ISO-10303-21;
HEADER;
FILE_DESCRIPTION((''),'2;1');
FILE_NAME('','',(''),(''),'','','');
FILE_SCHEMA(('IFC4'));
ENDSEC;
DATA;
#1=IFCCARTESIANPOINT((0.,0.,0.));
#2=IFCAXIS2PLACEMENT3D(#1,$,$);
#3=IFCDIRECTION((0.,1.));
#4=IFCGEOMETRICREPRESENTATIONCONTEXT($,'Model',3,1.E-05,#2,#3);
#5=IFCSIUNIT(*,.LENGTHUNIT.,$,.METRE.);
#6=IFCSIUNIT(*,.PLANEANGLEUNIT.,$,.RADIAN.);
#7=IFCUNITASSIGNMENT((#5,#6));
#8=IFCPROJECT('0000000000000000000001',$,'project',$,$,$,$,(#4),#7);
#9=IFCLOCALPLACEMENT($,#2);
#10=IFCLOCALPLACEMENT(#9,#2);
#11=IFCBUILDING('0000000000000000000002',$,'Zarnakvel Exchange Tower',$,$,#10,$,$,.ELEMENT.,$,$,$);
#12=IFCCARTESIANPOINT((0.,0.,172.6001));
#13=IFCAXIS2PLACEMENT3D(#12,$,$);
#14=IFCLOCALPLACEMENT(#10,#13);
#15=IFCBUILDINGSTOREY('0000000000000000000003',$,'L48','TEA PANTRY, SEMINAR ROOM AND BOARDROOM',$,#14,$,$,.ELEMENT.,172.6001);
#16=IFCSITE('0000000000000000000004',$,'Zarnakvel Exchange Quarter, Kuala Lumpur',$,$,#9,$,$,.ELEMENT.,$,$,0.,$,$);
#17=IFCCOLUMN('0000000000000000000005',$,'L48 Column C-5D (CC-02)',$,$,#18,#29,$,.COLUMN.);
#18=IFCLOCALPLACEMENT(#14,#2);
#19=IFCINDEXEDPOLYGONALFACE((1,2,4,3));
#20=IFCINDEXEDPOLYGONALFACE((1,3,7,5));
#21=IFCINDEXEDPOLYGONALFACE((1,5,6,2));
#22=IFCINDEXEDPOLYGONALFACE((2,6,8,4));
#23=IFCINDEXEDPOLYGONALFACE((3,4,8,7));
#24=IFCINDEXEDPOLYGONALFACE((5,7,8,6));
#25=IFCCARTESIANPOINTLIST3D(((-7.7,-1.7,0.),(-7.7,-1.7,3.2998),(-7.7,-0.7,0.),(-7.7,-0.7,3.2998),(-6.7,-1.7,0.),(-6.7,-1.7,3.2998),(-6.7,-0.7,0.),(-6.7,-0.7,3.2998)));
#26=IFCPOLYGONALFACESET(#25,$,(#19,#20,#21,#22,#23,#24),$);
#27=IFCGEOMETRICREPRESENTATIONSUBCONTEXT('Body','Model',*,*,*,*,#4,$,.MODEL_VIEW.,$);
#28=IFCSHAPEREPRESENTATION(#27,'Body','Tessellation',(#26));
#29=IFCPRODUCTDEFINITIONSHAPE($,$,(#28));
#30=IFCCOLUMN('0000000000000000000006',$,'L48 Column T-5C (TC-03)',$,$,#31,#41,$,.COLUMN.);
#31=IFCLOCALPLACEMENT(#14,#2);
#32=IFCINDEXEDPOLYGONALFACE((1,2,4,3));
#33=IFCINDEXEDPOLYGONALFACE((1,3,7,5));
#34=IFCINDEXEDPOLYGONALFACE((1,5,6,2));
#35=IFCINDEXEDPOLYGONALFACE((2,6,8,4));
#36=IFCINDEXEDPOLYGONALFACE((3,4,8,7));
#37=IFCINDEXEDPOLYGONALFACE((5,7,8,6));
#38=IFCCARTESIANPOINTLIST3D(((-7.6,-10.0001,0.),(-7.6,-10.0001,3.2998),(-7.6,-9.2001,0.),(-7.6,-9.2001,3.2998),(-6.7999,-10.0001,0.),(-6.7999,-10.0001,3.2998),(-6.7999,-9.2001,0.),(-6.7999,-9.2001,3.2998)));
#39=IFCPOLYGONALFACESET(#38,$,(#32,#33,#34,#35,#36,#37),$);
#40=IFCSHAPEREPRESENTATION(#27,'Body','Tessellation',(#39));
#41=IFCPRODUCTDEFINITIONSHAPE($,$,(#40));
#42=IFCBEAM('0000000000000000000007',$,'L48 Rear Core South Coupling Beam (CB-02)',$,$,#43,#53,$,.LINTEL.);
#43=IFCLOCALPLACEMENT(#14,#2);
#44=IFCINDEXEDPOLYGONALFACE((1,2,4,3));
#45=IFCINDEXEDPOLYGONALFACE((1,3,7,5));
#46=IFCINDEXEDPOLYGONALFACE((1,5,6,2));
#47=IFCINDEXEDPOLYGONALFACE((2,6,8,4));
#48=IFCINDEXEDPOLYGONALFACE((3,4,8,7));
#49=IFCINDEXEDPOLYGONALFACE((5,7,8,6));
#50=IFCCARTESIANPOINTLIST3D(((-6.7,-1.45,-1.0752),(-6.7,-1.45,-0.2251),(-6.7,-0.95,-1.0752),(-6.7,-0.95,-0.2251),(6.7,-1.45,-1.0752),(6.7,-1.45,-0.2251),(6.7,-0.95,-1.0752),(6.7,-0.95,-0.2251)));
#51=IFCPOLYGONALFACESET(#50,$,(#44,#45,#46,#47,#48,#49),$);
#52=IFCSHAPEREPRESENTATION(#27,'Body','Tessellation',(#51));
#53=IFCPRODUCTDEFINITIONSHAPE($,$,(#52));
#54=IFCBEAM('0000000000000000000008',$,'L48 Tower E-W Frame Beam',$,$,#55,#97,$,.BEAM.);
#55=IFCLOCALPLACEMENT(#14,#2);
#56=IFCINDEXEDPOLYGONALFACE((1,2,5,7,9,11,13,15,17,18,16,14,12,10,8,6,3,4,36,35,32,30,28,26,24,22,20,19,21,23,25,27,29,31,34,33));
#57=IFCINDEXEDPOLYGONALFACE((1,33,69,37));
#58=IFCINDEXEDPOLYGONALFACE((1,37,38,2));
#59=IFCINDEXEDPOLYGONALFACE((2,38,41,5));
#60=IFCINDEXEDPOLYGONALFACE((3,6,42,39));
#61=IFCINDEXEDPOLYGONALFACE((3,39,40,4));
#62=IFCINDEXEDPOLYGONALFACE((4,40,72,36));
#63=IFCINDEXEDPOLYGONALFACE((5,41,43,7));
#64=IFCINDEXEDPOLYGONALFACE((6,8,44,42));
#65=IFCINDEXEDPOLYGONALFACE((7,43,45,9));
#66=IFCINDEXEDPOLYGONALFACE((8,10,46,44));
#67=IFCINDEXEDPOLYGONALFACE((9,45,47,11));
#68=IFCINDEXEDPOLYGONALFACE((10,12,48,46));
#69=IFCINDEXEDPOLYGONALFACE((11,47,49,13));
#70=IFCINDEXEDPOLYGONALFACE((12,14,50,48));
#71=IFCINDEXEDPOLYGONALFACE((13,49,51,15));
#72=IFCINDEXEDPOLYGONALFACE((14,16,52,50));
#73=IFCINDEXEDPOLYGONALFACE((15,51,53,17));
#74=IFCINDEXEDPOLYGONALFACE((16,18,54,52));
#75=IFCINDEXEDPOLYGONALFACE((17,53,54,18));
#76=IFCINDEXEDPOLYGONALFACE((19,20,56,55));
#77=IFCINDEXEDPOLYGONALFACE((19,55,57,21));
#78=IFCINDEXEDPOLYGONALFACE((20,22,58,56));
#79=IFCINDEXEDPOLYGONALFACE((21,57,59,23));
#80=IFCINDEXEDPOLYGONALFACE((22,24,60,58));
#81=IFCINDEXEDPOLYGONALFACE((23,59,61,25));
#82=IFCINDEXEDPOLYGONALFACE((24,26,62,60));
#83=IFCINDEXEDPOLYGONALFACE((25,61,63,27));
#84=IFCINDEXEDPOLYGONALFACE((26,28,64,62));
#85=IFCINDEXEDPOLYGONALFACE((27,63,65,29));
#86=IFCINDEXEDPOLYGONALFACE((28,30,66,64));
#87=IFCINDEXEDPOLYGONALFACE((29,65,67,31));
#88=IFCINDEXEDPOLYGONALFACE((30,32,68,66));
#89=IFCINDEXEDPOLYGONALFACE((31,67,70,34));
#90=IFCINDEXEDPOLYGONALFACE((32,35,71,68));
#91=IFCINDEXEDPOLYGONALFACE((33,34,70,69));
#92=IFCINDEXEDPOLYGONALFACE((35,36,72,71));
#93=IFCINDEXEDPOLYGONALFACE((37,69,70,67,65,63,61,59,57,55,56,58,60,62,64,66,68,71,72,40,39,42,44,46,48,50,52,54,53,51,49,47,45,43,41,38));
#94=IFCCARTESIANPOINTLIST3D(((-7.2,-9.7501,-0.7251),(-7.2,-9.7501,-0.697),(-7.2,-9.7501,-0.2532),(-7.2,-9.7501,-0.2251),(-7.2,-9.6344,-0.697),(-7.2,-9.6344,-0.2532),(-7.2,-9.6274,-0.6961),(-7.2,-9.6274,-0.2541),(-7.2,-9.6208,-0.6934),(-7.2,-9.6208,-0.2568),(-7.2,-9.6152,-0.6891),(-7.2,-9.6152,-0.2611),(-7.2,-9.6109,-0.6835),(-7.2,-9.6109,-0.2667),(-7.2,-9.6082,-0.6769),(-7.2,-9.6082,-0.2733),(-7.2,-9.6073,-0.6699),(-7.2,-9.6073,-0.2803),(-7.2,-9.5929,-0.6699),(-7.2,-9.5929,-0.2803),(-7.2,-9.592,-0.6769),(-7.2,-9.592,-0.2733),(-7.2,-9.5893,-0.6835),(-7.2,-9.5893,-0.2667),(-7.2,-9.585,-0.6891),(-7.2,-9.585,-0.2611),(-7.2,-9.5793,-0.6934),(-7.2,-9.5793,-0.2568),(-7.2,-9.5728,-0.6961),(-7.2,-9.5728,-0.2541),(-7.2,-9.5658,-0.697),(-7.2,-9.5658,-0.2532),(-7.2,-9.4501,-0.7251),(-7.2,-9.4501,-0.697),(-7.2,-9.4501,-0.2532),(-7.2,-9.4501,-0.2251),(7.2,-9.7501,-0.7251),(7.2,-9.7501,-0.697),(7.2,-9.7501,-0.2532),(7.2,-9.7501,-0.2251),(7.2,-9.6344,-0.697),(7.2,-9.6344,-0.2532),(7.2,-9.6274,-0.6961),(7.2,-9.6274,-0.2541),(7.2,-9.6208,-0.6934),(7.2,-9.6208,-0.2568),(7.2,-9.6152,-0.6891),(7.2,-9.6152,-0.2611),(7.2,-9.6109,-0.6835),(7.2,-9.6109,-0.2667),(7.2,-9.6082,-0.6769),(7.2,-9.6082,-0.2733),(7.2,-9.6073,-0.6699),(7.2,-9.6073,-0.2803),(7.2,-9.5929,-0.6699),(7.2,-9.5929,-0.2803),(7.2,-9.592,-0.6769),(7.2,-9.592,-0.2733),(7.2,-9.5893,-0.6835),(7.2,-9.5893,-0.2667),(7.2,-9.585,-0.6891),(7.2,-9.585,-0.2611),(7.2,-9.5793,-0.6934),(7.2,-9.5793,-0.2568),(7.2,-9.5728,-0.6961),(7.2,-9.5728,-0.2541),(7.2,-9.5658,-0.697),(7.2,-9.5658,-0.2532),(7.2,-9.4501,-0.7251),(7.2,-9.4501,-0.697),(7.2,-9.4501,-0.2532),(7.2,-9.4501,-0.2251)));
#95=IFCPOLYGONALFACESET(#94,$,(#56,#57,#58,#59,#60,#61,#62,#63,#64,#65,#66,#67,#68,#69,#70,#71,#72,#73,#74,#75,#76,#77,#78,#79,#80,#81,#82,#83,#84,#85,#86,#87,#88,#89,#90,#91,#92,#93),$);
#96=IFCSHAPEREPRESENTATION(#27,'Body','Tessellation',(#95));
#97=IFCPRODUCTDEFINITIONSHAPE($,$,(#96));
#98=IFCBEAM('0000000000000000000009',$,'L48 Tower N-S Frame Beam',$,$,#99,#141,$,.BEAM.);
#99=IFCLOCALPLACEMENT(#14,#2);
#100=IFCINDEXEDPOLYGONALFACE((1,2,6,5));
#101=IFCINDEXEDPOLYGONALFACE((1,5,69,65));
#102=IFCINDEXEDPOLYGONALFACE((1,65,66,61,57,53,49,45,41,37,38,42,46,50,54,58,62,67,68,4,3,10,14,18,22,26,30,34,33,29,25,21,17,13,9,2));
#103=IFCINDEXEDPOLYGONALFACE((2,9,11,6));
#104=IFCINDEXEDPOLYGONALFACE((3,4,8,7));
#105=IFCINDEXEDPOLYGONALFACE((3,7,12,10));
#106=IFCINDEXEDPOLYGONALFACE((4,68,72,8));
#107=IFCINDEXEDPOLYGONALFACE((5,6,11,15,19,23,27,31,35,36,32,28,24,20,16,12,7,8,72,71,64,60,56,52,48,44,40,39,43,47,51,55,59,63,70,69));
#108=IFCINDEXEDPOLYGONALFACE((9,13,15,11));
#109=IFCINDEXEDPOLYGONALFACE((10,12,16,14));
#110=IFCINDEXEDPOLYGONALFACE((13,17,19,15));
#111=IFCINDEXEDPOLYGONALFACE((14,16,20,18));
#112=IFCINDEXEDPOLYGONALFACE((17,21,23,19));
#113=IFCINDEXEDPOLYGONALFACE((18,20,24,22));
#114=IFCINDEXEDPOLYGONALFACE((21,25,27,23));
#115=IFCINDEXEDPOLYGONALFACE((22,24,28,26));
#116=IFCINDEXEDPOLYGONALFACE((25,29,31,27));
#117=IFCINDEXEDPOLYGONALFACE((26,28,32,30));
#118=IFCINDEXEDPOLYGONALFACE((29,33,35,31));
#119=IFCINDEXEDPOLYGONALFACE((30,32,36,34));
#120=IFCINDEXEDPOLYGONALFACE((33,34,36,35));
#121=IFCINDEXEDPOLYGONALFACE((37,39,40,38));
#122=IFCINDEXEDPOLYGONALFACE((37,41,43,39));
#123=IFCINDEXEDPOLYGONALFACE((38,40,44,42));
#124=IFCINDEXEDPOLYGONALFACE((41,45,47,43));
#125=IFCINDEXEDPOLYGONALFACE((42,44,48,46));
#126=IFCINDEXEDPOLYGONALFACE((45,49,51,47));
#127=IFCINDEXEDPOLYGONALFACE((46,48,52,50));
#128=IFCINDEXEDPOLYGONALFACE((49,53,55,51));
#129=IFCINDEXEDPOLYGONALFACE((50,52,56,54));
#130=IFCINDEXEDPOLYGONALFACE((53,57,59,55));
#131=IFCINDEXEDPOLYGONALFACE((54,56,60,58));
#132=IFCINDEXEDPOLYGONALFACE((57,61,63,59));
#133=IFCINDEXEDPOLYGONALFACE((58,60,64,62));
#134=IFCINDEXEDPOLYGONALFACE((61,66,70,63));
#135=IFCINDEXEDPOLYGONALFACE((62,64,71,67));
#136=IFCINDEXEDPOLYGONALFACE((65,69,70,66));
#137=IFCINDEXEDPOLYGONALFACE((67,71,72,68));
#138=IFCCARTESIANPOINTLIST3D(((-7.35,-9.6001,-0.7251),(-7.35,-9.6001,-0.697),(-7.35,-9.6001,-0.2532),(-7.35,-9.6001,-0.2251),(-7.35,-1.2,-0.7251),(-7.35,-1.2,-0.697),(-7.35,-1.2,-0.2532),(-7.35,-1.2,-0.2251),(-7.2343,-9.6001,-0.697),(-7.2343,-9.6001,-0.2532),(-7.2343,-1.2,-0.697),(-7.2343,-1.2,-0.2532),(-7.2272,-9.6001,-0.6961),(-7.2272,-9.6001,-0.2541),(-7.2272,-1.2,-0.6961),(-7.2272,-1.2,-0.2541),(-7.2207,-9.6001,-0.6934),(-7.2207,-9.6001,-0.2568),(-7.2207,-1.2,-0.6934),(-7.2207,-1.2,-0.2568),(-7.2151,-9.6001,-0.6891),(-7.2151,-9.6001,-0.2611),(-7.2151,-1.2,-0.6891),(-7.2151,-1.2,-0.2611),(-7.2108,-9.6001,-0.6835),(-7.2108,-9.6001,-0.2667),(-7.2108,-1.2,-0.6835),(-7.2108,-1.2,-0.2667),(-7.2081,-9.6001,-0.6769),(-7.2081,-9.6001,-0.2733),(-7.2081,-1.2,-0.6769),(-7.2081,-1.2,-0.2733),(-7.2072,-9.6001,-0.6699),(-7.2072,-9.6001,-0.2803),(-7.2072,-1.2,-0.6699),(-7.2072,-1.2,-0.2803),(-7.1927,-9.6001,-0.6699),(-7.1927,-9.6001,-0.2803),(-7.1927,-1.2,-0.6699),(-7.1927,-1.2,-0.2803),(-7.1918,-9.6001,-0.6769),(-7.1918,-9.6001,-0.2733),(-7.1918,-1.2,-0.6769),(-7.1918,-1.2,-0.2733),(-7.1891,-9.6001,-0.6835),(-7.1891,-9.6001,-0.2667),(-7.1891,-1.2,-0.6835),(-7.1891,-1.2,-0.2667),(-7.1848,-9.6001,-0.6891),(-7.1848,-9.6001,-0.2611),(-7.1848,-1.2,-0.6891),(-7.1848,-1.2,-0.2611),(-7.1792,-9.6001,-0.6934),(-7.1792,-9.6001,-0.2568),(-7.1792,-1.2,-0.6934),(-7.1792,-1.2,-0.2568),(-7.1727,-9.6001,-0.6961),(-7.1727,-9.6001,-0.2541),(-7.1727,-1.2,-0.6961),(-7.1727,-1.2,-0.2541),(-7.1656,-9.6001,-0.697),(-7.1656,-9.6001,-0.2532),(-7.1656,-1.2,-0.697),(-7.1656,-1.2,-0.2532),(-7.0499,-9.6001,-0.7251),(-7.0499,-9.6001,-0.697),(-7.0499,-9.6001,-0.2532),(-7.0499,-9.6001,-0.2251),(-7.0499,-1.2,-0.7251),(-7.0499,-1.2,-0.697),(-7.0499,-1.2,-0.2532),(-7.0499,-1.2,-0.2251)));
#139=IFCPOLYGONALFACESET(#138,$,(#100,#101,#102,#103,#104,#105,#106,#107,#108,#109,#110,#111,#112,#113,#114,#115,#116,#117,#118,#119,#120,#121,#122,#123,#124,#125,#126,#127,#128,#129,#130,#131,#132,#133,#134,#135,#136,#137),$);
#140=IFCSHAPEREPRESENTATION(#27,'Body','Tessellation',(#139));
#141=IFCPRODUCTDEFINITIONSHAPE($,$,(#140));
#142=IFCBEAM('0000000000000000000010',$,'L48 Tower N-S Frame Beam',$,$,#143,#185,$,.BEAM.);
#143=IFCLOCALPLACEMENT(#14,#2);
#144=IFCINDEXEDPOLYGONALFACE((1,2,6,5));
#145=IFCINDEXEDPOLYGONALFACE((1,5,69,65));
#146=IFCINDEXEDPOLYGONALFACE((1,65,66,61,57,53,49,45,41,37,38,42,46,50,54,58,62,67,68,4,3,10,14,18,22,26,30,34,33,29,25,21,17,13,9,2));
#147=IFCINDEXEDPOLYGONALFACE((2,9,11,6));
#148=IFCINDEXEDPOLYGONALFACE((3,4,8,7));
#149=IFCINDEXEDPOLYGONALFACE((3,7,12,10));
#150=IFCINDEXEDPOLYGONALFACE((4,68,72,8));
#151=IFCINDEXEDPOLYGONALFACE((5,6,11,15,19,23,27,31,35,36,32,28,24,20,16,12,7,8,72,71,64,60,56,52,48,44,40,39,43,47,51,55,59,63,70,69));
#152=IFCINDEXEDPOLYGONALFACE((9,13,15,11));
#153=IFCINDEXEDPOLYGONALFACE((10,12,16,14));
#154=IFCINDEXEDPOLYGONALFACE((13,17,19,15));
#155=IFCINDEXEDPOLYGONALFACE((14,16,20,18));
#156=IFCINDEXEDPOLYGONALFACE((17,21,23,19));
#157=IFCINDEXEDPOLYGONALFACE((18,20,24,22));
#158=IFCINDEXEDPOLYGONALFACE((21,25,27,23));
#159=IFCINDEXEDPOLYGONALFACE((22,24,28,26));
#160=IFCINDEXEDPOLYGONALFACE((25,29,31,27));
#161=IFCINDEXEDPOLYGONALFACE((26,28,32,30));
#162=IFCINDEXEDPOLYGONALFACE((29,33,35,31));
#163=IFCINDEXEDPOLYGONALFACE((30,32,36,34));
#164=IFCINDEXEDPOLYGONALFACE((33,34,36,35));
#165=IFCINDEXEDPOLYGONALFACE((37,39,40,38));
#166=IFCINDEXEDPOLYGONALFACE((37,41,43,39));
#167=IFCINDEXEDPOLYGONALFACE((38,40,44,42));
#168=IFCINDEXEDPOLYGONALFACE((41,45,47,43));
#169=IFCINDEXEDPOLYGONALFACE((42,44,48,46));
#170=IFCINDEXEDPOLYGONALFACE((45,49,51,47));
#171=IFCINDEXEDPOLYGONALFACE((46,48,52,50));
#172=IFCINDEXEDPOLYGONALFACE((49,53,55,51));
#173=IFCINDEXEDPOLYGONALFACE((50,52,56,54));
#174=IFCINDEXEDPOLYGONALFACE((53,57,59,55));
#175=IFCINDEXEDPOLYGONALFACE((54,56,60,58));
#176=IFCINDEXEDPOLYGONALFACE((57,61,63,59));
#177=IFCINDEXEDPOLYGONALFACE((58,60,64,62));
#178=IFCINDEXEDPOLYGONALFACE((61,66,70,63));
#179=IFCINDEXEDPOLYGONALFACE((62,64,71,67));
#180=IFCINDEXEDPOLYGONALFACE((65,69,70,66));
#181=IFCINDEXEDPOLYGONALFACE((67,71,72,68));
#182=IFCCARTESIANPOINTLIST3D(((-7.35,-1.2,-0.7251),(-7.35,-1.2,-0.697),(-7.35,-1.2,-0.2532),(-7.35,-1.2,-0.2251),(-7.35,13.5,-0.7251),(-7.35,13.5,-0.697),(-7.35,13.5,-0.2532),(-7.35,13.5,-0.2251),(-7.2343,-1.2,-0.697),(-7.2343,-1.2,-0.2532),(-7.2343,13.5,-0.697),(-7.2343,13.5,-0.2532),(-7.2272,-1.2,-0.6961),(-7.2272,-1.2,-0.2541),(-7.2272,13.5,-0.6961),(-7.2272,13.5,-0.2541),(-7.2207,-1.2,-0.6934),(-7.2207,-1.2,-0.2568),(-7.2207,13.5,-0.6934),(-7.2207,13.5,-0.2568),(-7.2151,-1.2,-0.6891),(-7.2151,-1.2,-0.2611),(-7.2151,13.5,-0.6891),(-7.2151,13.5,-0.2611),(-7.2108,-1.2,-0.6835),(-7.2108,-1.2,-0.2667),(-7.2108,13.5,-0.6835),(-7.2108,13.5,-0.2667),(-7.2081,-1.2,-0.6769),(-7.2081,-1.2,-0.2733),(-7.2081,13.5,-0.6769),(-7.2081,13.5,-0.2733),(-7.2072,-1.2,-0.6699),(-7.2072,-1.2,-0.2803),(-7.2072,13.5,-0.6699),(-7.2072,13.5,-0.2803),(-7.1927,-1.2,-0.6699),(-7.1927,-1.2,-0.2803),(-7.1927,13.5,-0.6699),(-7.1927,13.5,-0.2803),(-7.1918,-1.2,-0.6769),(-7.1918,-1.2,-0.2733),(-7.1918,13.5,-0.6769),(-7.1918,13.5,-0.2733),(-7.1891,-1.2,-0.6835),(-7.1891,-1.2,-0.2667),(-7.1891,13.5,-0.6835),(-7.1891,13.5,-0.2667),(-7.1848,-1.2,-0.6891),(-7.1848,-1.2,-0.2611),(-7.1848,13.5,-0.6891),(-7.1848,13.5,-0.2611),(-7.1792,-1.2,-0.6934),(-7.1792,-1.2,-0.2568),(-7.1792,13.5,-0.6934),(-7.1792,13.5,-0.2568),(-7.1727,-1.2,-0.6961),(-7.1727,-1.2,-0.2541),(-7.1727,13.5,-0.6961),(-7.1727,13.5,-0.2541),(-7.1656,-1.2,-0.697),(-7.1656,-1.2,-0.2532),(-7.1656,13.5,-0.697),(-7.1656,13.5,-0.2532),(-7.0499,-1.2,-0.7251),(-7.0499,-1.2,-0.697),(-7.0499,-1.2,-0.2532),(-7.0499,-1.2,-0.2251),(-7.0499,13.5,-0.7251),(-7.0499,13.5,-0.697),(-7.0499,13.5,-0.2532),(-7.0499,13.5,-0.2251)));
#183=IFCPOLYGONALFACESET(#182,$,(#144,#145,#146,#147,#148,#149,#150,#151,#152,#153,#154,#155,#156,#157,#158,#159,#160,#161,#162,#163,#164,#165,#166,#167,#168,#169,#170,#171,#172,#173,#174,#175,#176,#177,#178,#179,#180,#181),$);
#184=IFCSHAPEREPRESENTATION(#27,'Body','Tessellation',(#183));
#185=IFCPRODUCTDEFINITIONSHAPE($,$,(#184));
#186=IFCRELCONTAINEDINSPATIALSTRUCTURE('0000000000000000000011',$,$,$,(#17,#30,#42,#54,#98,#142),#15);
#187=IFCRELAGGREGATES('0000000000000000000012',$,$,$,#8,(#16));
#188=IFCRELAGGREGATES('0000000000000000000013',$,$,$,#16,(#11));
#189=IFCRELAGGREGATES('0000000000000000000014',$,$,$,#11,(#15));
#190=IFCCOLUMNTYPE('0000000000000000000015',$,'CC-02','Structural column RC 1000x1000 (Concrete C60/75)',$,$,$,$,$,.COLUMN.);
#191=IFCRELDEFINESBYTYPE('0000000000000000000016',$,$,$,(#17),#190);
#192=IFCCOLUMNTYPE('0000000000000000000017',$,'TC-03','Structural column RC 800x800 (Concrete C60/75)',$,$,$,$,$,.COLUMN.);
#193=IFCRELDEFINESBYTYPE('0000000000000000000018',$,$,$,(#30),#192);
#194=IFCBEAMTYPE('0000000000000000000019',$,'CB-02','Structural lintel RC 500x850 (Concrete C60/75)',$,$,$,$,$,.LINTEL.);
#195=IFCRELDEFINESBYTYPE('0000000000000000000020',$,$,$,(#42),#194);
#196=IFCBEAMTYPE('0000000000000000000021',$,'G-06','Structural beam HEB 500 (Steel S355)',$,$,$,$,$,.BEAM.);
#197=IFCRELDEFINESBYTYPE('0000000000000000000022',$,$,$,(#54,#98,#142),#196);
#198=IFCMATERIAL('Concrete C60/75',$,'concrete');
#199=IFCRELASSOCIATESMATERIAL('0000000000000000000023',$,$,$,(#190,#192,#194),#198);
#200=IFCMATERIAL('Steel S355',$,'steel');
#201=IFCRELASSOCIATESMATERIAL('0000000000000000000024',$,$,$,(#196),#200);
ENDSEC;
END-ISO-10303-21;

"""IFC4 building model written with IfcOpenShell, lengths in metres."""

from ifc_helpers import new_model, si_unit, direction, frame, origin, origin_2d, place, context, subcontext, project, spatial, rectangle, i_section, extrude, material, material_profile, profile_set, type_object, element, save


model = new_model("IFC4")

# Units and contexts
model_context = context("Model", 3, precision=1e-05, world=origin(), true_north=direction((0.0, 1.0)))
body_context = subcontext(model_context, "Body", "Model", "MODEL_VIEW")
ifc_project = project(units=[si_unit("LENGTHUNIT", "METRE"), si_unit("PLANEANGLEUNIT", "RADIAN")], contexts=[model_context])

# Site, building, storey
site_placement = place(None, origin())
site = spatial("IfcSite", under=ifc_project, at=site_placement, Name="Zarnakvel Exchange Quarter, Kuala Lumpur", CompositionType="ELEMENT", RefElevation=0.0)
building_placement = place(site_placement, origin())
building = spatial("IfcBuilding", under=site, at=building_placement, Name="Zarnakvel Exchange Tower", CompositionType="ELEMENT")
storey_placement = place(building_placement, frame((0.0, 0.0, 172.6001)))
storey = spatial("IfcBuildingStorey", under=building, at=storey_placement, Name="L48", Description="TEA PANTRY, SEMINAR ROOM AND BOARDROOM", CompositionType="ELEMENT", Elevation=172.6001)

# Columns
ifc_material_1 = material(Name="Concrete C60/75", Category="concrete")
ifc_material_profile_1 = material_profile(ifc_material_1, rectangle(XDim=1.0, YDim=1.0, at=origin_2d()))
ifc_profile_set_1 = profile_set([ifc_material_profile_1], Name="Concrete C60/75")
column_type_1 = type_object("IfcColumnType", Name="CC-02", Description="Structural column RC 1000x1000 (Concrete C60/75)", PredefinedType="COLUMN", material=ifc_profile_set_1)
column_1_placement = place(storey_placement, frame((-7.2, -1.2, 0.0), z_axis=(0.0, 0.0, 1.0), x_axis=(1.0, 0.0, 0.0)))
element("IfcColumn", 1, at=column_1_placement, inside=storey, type_object=column_type_1, Name="L48 Column C-5D (CC-02)", PredefinedType="COLUMN", context=body_context, shape_type="SweptSolid", body=[
    extrude(rectangle(XDim=1.0, YDim=1.0, at=origin_2d()), origin(), (0.0, 0.0, 1.0), 3.2998),
])
ifc_material_profile_2 = material_profile(ifc_material_1, rectangle(XDim=0.8, YDim=0.8, at=origin_2d()))
ifc_profile_set_2 = profile_set([ifc_material_profile_2], Name="Concrete C60/75")
column_type_2 = type_object("IfcColumnType", Name="TC-03", Description="Structural column RC 800x800 (Concrete C60/75)", PredefinedType="COLUMN", material=ifc_profile_set_2)
column_2_placement = place(storey_placement, frame((-7.2, -9.6001, 0.0), z_axis=(0.0, 0.0, 1.0), x_axis=(1.0, 0.0, 0.0)))
element("IfcColumn", 2, at=column_2_placement, inside=storey, type_object=column_type_2, Name="L48 Column T-5C (TC-03)", PredefinedType="COLUMN", context=body_context, shape_type="SweptSolid", body=[
    extrude(rectangle(XDim=0.8, YDim=0.8, at=origin_2d()), origin(), (0.0, 0.0, 1.0), 3.2998),
])

# Beams
ifc_material_profile_3 = material_profile(ifc_material_1, rectangle(XDim=0.5, YDim=0.8501, at=origin_2d()))
ifc_profile_set_3 = profile_set([ifc_material_profile_3], Name="Concrete C60/75")
beam_type_1 = type_object("IfcBeamType", Name="CB-02", Description="Structural lintel RC 500x850 (Concrete C60/75)", PredefinedType="LINTEL", material=ifc_profile_set_3)
beam_1_placement = place(storey_placement, frame((-6.7, -1.2, -0.6501), z_axis=(1.0, 0.0, 0.0), x_axis=(0.0, 1.0, 0.0)))
element("IfcBeam", 3, at=beam_1_placement, inside=storey, type_object=beam_type_1, Name="L48 Rear Core South Coupling Beam (CB-02)", PredefinedType="LINTEL", context=body_context, shape_type="SweptSolid", body=[
    extrude(rectangle(XDim=0.5, YDim=0.8501, at=origin_2d()), origin(), (0.0, 0.0, 1.0), 13.3999),
])
ifc_material_2 = material(Name="Steel S355", Category="steel")
ifc_material_profile_4 = material_profile(ifc_material_2, i_section(OverallWidth=0.3, OverallDepth=0.5, WebThickness=0.0144, FlangeThickness=0.0281, FilletRadius=0.0271, at=origin_2d()))
ifc_profile_set_4 = profile_set([ifc_material_profile_4], Name="Steel S355")
beam_type_2 = type_object("IfcBeamType", Name="G-06", Description="Structural beam HEB 500 (Steel S355)", PredefinedType="BEAM", material=ifc_profile_set_4)
beam_2_placement = place(storey_placement, frame((-7.2, -9.6001, -0.4751), z_axis=(1.0, 0.0, 0.0), x_axis=(0.0, 1.0, 0.0)))
element("IfcBeam", 4, at=beam_2_placement, inside=storey, type_object=beam_type_2, Name="L48 Tower E-W Frame Beam", PredefinedType="BEAM", context=body_context, shape_type="SweptSolid", body=[
    extrude(i_section(OverallWidth=0.3, OverallDepth=0.5, WebThickness=0.0144, FlangeThickness=0.0281, FilletRadius=0.0271, at=origin_2d()), origin(), (0.0, 0.0, 1.0), 14.3999),
])
beam_3_placement = place(storey_placement, frame((-7.2, -9.6001, -0.4751), z_axis=(0.0, 1.0, 0.0), x_axis=(-1.0, 0.0, 0.0)))
element("IfcBeam", 5, at=beam_3_placement, inside=storey, type_object=beam_type_2, Name="L48 Tower N-S Frame Beam", PredefinedType="BEAM", context=body_context, shape_type="SweptSolid", body=[
    extrude(i_section(OverallWidth=0.3, OverallDepth=0.5, WebThickness=0.0144, FlangeThickness=0.0281, FilletRadius=0.0271, at=origin_2d()), origin(), (0.0, 0.0, 1.0), 8.4001),
])
beam_4_placement = place(storey_placement, frame((-7.2, -1.2, -0.4751), z_axis=(0.0, 1.0, 0.0), x_axis=(-1.0, 0.0, 0.0)))
element("IfcBeam", 6, at=beam_4_placement, inside=storey, type_object=beam_type_2, Name="L48 Tower N-S Frame Beam", PredefinedType="BEAM", context=body_context, shape_type="SweptSolid", body=[
    extrude(i_section(OverallWidth=0.3, OverallDepth=0.5, WebThickness=0.0144, FlangeThickness=0.0281, FilletRadius=0.0271, at=origin_2d()), origin(), (0.0, 0.0, 1.0), 14.7),
])

save(model, "model.ifc")
